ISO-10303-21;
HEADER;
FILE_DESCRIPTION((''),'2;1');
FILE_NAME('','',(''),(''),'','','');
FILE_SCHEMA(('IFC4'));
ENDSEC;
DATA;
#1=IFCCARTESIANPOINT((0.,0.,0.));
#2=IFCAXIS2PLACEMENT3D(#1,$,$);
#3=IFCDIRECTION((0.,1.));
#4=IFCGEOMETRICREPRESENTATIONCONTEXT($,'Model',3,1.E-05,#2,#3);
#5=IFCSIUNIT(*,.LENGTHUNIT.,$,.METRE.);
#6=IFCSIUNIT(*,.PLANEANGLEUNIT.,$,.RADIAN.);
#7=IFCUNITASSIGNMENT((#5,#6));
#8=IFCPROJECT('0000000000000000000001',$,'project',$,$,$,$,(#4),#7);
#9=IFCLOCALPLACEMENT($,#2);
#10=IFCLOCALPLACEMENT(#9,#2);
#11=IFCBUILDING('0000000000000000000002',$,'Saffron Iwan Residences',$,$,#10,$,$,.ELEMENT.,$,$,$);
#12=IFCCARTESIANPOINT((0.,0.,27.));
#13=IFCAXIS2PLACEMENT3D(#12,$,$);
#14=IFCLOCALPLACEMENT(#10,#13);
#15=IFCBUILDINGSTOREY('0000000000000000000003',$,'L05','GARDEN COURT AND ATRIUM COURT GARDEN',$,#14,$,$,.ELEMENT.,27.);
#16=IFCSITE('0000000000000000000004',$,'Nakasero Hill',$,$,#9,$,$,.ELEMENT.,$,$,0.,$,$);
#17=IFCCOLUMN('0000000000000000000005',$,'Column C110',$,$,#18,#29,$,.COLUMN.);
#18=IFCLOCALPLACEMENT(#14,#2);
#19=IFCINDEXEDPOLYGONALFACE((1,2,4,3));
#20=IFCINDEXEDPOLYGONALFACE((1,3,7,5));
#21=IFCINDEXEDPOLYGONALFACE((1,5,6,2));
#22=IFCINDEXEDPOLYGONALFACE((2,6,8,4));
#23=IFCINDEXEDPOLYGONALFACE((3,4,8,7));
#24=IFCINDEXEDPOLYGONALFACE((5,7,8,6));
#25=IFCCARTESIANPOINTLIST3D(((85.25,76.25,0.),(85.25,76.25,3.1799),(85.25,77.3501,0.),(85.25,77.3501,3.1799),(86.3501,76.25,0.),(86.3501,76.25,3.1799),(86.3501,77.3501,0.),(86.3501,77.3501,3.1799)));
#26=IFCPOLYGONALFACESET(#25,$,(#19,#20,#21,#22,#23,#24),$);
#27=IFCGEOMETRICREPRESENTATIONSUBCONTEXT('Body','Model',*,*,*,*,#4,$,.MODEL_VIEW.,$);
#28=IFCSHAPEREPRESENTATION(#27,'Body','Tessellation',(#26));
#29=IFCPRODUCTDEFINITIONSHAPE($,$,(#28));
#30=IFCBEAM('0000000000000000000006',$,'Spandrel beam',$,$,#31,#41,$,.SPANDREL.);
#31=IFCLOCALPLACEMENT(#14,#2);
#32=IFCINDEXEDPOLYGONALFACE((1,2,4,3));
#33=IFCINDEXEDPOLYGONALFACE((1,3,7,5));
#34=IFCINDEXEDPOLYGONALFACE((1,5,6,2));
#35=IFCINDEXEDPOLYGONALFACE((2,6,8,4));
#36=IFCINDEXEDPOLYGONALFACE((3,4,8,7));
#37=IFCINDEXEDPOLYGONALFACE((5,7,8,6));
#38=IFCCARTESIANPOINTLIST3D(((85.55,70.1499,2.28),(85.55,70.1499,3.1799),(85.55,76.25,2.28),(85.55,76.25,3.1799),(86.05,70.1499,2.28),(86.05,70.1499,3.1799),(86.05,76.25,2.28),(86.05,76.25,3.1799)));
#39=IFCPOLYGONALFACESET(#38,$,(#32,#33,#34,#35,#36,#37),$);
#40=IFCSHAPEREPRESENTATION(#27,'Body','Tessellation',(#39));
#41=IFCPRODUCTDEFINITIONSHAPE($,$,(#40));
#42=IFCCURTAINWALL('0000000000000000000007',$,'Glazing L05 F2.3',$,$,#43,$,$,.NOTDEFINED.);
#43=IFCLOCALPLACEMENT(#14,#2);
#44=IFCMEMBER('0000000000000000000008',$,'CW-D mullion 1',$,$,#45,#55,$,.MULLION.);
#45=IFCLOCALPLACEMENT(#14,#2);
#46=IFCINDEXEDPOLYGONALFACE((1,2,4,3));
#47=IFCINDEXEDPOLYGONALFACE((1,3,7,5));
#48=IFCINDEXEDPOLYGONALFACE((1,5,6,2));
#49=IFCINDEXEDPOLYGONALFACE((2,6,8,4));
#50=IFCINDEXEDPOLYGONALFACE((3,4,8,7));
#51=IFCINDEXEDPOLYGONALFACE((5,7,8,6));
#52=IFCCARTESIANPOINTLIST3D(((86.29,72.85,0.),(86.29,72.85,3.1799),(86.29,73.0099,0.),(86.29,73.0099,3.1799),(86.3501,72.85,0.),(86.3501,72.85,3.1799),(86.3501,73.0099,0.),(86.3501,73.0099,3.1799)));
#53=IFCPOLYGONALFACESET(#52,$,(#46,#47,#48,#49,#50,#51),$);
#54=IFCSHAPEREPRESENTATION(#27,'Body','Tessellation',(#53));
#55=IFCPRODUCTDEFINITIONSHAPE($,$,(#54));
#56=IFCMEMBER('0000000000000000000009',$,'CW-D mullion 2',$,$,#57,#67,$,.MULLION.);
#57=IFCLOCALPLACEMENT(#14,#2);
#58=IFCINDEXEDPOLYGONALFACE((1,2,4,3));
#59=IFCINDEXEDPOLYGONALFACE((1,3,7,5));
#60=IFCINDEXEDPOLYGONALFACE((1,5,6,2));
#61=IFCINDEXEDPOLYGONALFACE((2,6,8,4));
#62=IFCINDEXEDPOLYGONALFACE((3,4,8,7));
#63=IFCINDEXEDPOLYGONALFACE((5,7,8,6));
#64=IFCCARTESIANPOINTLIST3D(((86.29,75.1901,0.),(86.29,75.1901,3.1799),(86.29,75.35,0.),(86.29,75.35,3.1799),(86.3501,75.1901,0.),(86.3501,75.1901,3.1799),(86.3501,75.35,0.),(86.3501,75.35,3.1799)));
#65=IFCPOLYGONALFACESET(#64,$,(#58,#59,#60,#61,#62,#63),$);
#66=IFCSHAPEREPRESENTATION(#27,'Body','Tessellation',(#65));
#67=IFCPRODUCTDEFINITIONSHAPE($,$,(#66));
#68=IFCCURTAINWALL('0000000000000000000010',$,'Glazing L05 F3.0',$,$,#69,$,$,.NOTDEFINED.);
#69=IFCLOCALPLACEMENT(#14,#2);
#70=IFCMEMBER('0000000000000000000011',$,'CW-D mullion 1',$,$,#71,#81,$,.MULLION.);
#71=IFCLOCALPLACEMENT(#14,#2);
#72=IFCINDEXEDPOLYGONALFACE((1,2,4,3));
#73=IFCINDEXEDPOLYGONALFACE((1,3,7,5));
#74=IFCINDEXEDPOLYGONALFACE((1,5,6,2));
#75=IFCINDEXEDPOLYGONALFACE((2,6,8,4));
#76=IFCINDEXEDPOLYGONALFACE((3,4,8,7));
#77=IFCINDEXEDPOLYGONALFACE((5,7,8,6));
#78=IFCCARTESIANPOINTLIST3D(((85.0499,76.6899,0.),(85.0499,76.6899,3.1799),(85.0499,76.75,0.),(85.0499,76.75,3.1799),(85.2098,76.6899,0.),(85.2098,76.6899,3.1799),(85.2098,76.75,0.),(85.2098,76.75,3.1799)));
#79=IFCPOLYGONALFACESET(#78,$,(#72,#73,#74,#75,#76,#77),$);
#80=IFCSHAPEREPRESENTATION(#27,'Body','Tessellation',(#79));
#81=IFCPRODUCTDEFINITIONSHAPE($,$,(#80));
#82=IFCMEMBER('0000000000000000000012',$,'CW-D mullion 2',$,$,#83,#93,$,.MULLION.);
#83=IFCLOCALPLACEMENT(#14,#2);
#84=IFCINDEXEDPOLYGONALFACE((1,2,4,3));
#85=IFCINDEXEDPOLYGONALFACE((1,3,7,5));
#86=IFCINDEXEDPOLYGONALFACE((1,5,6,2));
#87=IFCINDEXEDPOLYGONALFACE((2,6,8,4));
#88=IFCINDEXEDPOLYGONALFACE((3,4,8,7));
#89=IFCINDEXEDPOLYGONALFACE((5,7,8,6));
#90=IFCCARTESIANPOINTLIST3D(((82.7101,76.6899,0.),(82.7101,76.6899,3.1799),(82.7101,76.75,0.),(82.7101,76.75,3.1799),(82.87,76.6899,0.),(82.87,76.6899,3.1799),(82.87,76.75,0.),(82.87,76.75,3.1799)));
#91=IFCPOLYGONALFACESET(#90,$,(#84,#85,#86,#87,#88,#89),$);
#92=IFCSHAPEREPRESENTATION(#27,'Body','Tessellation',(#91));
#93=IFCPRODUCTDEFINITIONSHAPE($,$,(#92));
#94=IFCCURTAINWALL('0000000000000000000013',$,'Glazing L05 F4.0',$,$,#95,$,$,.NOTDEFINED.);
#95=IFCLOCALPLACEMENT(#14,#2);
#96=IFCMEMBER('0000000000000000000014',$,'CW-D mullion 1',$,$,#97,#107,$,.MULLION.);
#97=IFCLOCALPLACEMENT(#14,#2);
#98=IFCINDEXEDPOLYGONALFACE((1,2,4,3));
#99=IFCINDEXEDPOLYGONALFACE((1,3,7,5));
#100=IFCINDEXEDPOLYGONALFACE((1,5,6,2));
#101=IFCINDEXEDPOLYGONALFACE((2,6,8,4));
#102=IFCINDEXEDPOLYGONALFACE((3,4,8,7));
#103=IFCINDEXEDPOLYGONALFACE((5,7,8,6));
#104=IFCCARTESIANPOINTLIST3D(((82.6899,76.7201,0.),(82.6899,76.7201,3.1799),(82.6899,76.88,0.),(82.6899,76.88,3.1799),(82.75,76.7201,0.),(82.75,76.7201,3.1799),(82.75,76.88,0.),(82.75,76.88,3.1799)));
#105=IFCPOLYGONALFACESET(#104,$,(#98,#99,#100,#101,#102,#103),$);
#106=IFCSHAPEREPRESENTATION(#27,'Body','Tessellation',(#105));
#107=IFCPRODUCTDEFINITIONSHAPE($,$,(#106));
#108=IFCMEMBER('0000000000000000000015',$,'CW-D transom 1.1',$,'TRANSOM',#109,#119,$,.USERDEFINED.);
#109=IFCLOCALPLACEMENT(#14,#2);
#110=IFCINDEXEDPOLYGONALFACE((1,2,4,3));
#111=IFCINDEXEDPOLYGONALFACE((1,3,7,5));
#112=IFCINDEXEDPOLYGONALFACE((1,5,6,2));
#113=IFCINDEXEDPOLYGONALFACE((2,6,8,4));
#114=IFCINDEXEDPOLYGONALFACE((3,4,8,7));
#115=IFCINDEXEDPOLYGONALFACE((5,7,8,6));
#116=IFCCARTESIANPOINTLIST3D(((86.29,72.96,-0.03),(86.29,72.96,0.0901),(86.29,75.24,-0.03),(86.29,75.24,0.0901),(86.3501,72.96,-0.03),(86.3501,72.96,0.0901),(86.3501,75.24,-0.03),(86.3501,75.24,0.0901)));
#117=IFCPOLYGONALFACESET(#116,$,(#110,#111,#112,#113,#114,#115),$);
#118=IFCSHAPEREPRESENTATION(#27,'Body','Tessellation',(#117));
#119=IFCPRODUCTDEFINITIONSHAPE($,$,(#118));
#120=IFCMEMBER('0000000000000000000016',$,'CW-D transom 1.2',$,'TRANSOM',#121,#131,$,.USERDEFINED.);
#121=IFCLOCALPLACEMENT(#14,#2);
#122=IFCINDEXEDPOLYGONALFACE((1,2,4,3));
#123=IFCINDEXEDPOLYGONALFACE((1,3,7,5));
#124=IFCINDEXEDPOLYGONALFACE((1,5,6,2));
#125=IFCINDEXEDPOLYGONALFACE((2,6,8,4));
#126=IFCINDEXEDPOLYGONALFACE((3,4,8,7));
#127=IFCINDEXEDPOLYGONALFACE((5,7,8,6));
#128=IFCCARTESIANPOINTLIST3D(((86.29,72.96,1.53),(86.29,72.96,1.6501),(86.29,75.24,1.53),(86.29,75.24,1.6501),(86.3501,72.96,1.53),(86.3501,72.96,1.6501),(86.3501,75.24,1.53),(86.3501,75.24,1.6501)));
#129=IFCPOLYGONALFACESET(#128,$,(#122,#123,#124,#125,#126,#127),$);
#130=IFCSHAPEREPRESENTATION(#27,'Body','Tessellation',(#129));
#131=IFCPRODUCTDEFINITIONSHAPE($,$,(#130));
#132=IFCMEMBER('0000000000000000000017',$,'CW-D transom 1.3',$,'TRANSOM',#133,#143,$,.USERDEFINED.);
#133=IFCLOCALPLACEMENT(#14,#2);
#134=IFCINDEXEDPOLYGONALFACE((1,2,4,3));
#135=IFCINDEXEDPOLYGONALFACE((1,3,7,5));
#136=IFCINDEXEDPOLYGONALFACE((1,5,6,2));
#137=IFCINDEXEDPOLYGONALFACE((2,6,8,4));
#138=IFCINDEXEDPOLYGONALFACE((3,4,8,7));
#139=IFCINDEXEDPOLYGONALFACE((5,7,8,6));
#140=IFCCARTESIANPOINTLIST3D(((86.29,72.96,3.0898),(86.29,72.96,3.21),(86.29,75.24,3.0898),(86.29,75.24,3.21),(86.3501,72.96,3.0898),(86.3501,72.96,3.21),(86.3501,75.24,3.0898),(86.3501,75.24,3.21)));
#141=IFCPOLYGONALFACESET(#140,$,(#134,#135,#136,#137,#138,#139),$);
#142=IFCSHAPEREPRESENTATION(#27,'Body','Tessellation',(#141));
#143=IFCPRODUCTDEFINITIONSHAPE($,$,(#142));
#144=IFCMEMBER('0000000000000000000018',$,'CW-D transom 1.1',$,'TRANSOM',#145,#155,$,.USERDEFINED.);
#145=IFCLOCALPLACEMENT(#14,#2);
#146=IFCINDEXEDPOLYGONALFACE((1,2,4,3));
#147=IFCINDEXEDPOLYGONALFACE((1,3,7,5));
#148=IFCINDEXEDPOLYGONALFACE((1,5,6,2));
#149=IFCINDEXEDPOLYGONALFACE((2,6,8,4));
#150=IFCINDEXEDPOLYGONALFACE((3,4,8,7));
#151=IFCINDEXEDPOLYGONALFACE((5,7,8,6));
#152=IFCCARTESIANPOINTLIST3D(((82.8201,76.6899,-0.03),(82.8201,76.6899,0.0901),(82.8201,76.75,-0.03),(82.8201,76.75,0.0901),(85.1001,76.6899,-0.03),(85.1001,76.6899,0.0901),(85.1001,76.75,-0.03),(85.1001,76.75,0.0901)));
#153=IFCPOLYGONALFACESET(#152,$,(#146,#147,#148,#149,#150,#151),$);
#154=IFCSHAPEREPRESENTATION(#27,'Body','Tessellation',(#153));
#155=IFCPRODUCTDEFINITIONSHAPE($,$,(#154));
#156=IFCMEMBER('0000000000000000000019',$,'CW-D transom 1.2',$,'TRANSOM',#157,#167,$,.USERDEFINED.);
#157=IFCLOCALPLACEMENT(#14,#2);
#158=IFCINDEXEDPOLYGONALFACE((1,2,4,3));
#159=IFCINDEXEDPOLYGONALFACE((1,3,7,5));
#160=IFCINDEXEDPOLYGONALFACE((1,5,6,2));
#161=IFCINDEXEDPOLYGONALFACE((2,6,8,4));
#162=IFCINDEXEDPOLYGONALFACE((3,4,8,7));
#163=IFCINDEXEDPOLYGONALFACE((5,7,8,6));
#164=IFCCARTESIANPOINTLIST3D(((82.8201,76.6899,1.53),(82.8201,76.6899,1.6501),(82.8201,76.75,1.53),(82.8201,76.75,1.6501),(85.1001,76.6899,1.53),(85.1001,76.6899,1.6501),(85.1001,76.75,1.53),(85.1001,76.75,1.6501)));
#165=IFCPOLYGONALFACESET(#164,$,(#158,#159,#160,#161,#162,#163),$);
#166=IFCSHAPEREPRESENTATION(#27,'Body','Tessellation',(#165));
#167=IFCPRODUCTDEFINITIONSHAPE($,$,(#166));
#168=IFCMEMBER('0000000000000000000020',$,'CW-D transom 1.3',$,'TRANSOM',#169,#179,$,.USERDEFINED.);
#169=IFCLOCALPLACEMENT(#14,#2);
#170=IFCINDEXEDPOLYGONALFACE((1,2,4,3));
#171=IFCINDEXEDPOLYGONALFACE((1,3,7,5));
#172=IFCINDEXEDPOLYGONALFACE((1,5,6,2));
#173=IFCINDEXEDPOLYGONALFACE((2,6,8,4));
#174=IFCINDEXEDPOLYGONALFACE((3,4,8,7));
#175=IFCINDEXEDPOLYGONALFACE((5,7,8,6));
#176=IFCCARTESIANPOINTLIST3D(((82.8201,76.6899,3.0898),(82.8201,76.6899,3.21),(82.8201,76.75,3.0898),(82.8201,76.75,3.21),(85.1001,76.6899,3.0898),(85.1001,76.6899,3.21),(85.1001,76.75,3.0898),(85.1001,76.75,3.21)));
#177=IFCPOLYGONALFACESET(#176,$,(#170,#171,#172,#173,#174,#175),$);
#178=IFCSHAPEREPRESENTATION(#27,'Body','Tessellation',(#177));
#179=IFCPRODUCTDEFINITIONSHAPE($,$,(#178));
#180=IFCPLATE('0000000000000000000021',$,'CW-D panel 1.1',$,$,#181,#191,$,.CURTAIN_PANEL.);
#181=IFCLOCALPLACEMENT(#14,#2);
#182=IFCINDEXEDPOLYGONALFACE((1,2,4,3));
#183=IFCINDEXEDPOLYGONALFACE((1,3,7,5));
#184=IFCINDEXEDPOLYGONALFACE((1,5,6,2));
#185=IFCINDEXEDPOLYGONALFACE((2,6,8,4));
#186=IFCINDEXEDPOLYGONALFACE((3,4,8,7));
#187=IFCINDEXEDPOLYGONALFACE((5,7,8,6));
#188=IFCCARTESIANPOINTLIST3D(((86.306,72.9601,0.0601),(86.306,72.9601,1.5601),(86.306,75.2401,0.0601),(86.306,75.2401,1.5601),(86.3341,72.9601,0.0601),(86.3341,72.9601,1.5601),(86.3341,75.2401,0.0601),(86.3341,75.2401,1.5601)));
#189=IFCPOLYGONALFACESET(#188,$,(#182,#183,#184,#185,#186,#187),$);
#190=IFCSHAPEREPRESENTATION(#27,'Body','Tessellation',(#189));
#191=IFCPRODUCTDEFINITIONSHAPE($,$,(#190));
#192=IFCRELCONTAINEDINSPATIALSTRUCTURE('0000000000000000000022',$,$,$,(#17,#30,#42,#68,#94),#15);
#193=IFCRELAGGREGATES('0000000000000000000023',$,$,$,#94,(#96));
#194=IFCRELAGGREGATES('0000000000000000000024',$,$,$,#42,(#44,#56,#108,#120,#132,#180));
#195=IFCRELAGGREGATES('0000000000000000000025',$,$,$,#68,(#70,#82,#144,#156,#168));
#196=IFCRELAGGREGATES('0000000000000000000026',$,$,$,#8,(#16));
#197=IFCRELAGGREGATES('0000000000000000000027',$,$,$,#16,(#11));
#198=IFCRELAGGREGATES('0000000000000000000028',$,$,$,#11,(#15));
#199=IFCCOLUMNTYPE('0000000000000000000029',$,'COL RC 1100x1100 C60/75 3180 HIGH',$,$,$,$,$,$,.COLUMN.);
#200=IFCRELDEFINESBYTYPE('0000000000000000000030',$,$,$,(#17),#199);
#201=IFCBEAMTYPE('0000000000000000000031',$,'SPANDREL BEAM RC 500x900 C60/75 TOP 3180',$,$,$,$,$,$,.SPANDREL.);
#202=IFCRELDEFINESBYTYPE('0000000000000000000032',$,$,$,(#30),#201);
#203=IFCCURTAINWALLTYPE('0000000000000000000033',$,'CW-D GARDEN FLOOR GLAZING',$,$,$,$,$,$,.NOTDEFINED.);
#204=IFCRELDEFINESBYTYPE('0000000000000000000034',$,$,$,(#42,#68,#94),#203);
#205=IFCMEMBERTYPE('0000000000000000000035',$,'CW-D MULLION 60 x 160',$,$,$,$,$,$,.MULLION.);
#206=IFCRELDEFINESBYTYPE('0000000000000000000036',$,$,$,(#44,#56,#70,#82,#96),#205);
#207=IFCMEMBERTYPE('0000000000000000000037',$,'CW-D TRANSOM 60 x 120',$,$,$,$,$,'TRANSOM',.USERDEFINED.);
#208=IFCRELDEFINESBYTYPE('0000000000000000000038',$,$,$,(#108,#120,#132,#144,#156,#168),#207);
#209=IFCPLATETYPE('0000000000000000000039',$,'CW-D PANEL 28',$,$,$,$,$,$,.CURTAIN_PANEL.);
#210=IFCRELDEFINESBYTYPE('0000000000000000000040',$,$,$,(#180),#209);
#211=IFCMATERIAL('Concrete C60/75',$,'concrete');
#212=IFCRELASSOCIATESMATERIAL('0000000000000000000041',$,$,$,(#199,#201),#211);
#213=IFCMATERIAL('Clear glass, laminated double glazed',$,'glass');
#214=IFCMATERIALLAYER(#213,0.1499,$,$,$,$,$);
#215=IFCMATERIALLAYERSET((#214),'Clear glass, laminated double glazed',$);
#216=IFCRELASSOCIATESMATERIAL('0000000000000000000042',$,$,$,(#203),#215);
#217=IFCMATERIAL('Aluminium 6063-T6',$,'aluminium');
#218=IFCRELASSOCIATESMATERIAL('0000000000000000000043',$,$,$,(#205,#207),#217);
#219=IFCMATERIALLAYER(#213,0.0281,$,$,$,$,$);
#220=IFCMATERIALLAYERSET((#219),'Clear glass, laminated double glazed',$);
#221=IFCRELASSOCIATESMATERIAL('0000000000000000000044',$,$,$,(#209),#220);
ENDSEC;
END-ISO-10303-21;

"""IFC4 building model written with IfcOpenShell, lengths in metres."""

from ifc_helpers import new_model, si_unit, direction, frame, origin, origin_2d, place, context, subcontext, project, spatial, rectangle, extrude, source, transform, mapped, material, layer, layer_set, material_profile, profile_set, type_object, element, aggregate, save


model = new_model("IFC4")

# Units and contexts
model_context = context("Model", 3, precision=1e-05, world=origin(), true_north=direction((0.0, 1.0)))
body_context = subcontext(model_context, "Body", "Model", "MODEL_VIEW")
ifc_project = project(units=[si_unit("LENGTHUNIT", "METRE"), si_unit("PLANEANGLEUNIT", "RADIAN")], contexts=[model_context])

# Site, building, storey
site_placement = place(None, origin())
site = spatial("IfcSite", under=ifc_project, at=site_placement, Name="Nakasero Hill", CompositionType="ELEMENT", RefElevation=0.0)
building_placement = place(site_placement, origin())
building = spatial("IfcBuilding", under=site, at=building_placement, Name="Saffron Iwan Residences", CompositionType="ELEMENT")
storey_placement = place(building_placement, frame((0.0, 0.0, 27.0)))
storey = spatial("IfcBuildingStorey", under=building, at=storey_placement, Name="L05", Description="GARDEN COURT AND ATRIUM COURT GARDEN", CompositionType="ELEMENT", Elevation=27.0)

# Column
ifc_material_1 = material(Name="Concrete C60/75", Category="concrete")
ifc_material_profile_1 = material_profile(ifc_material_1, rectangle(XDim=1.1001, YDim=1.1001, at=origin_2d()), Name="RC 1100x1100")
ifc_profile_set_1 = profile_set([ifc_material_profile_1], Name="Concrete C60/75")
column_type = type_object("IfcColumnType", Name="COL RC 1100x1100 C60/75 3180 HIGH", PredefinedType="COLUMN", material=ifc_profile_set_1)
shared_shape_1 = source(origin(), body_context, "Body", "SweptSolid", [
    extrude(rectangle(XDim=1.1001, YDim=1.1001, at=origin_2d()), origin(), (0.0, 0.0, 1.0), 3.1799),
])
column_placement = place(storey_placement, frame((85.8, 76.8, 0.0), z_axis=(0.0, 0.0, 1.0), x_axis=(1.0, 0.0, 0.0)))
element("IfcColumn", 1, at=column_placement, inside=storey, type_object=column_type, Name="Column C110", PredefinedType="COLUMN", context=body_context, shape_type="MappedRepresentation", body=[
    mapped(shared_shape_1, transform((0.0, 0.0, 0.0))),
])

# Beam
ifc_material_profile_2 = material_profile(ifc_material_1, rectangle(XDim=0.5, YDim=0.8999, at=origin_2d()), Name="RC 500x900")
ifc_profile_set_2 = profile_set([ifc_material_profile_2], Name="Concrete C60/75")
beam_type = type_object("IfcBeamType", Name="SPANDREL BEAM RC 500x900 C60/75 TOP 3180", PredefinedType="SPANDREL", material=ifc_profile_set_2)
shared_shape_2 = source(origin(), body_context, "Body", "SweptSolid", [
    extrude(rectangle(XDim=0.5, YDim=0.8999, at=origin_2d()), origin(), (0.0, 0.0, 1.0), 6.1001),
])
beam_placement = place(storey_placement, frame((85.8, 76.25, 2.73), z_axis=(0.0, -1.0, 0.0), x_axis=(1.0, 0.0, 0.0)))
element("IfcBeam", 2, at=beam_placement, inside=storey, type_object=beam_type, Name="Spandrel beam", PredefinedType="SPANDREL", context=body_context, shape_type="MappedRepresentation", body=[
    mapped(shared_shape_2, transform((0.0, 0.0, 0.0))),
])

# Curtain walls, members
ifc_material_2 = material(Name="Clear glass, laminated double glazed", Category="glass")
ifc_layer_1 = layer(ifc_material_2, 0.1499)
ifc_layer_set_1 = layer_set([ifc_layer_1], Name="Clear glass, laminated double glazed")
curtain_wall_type = type_object("IfcCurtainWallType", Name="CW-D GARDEN FLOOR GLAZING", PredefinedType="NOTDEFINED", material=ifc_layer_set_1)
curtain_wall_1_placement = place(storey_placement, origin())
curtain_wall_1 = element("IfcCurtainWall", 3, at=curtain_wall_1_placement, inside=storey, type_object=curtain_wall_type, Name="Glazing L05 F2.3", PredefinedType="NOTDEFINED")
ifc_material_3 = material(Name="Aluminium 6063-T6", Category="aluminium")
ifc_material_profile_3 = material_profile(ifc_material_3, rectangle(XDim=0.0601, YDim=0.1599, at=origin_2d()), Name="CW-D MULLION 60 x 160")
ifc_profile_set_3 = profile_set([ifc_material_profile_3], Name="Aluminium 6063-T6")
member_type_1 = type_object("IfcMemberType", Name="CW-D MULLION 60 x 160", PredefinedType="MULLION", material=ifc_profile_set_3)
shared_shape_3 = source(origin(), body_context, "Body", "SweptSolid", [
    extrude(rectangle(XDim=0.0601, YDim=0.1599, at=origin_2d()), origin(), (0.0, 0.0, 1.0), 3.1799),
])
member_1_placement = place(storey_placement, frame((86.3201, 72.9299, 0.0), z_axis=(0.0, 0.0, 1.0), x_axis=(-1.0, 0.0, 0.0)))
member_1 = element("IfcMember", 4, at=member_1_placement, type_object=member_type_1, Name="CW-D mullion 1", PredefinedType="MULLION", context=body_context, shape_type="MappedRepresentation", body=[
    mapped(shared_shape_3, transform((0.0, 0.0, 0.0))),
])
member_2_placement = place(storey_placement, frame((86.3201, 75.27, 0.0), z_axis=(0.0, 0.0, 1.0), x_axis=(-1.0, 0.0, 0.0)))
member_2 = element("IfcMember", 5, at=member_2_placement, type_object=member_type_1, Name="CW-D mullion 2", PredefinedType="MULLION", context=body_context, shape_type="MappedRepresentation", body=[
    mapped(shared_shape_3, transform((0.0, 0.0, 0.0))),
])
curtain_wall_2_placement = place(storey_placement, origin())
curtain_wall_2 = element("IfcCurtainWall", 6, at=curtain_wall_2_placement, inside=storey, type_object=curtain_wall_type, Name="Glazing L05 F3.0", PredefinedType="NOTDEFINED")
member_3_placement = place(storey_placement, frame((85.1299, 76.72, 0.0), z_axis=(0.0, 0.0, 1.0), x_axis=(0.0, -1.0, 0.0)))
member_3 = element("IfcMember", 7, at=member_3_placement, type_object=member_type_1, Name="CW-D mullion 1", PredefinedType="MULLION", context=body_context, shape_type="MappedRepresentation", body=[
    mapped(shared_shape_3, transform((0.0, 0.0, 0.0))),
])
member_4_placement = place(storey_placement, frame((82.79, 76.72, 0.0), z_axis=(0.0, 0.0, 1.0), x_axis=(0.0, -1.0, 0.0)))
member_4 = element("IfcMember", 8, at=member_4_placement, type_object=member_type_1, Name="CW-D mullion 2", PredefinedType="MULLION", context=body_context, shape_type="MappedRepresentation", body=[
    mapped(shared_shape_3, transform((0.0, 0.0, 0.0))),
])

# Curtain wall, member
curtain_wall_3_placement = place(storey_placement, origin())
curtain_wall_3 = element("IfcCurtainWall", 9, at=curtain_wall_3_placement, inside=storey, type_object=curtain_wall_type, Name="Glazing L05 F4.0", PredefinedType="NOTDEFINED")
member_5_placement = place(storey_placement, frame((82.72, 76.8, 0.0), z_axis=(0.0, 0.0, 1.0), x_axis=(-1.0, 0.0, 0.0)))
member_5 = element("IfcMember", 10, at=member_5_placement, type_object=member_type_1, Name="CW-D mullion 1", PredefinedType="MULLION", context=body_context, shape_type="MappedRepresentation", body=[
    mapped(shared_shape_3, transform((0.0, 0.0, 0.0))),
])
aggregate(curtain_wall_3, [member_5])

# Members
ifc_material_profile_4 = material_profile(ifc_material_3, rectangle(XDim=0.0601, YDim=0.1201, at=origin_2d()), Name="CW-D TRANSOM 60 x 120")
ifc_profile_set_4 = profile_set([ifc_material_profile_4], Name="Aluminium 6063-T6")
member_type_2 = type_object("IfcMemberType", Name="CW-D TRANSOM 60 x 120", ElementType="TRANSOM", PredefinedType="USERDEFINED", material=ifc_profile_set_4)
shared_shape_4 = source(origin(), body_context, "Body", "SweptSolid", [
    extrude(rectangle(XDim=0.0601, YDim=0.1201, at=origin_2d()), origin(), (0.0, 0.0, 1.0), 2.28),
])
member_6_placement = place(storey_placement, frame((86.3201, 72.96, 0.03), z_axis=(0.0, 1.0, 0.0), x_axis=(-1.0, 0.0, 0.0)))
member_6 = element("IfcMember", 11, at=member_6_placement, type_object=member_type_2, Name="CW-D transom 1.1", ObjectType="TRANSOM", PredefinedType="USERDEFINED", context=body_context, shape_type="MappedRepresentation", body=[
    mapped(shared_shape_4, transform((0.0, 0.0, 0.0))),
])
member_7_placement = place(storey_placement, frame((86.3201, 72.96, 1.5901), z_axis=(0.0, 1.0, 0.0), x_axis=(-1.0, 0.0, 0.0)))
member_7 = element("IfcMember", 12, at=member_7_placement, type_object=member_type_2, Name="CW-D transom 1.2", ObjectType="TRANSOM", PredefinedType="USERDEFINED", context=body_context, shape_type="MappedRepresentation", body=[
    mapped(shared_shape_4, transform((0.0, 0.0, 0.0))),
])
member_8_placement = place(storey_placement, frame((86.3201, 72.96, 3.1499), z_axis=(0.0, 1.0, 0.0), x_axis=(-1.0, 0.0, 0.0)))
member_8 = element("IfcMember", 13, at=member_8_placement, type_object=member_type_2, Name="CW-D transom 1.3", ObjectType="TRANSOM", PredefinedType="USERDEFINED", context=body_context, shape_type="MappedRepresentation", body=[
    mapped(shared_shape_4, transform((0.0, 0.0, 0.0))),
])
member_9_placement = place(storey_placement, frame((85.1001, 76.72, 0.03), z_axis=(-1.0, 0.0, 0.0), x_axis=(0.0, -1.0, 0.0)))
member_9 = element("IfcMember", 14, at=member_9_placement, type_object=member_type_2, Name="CW-D transom 1.1", ObjectType="TRANSOM", PredefinedType="USERDEFINED", context=body_context, shape_type="MappedRepresentation", body=[
    mapped(shared_shape_4, transform((0.0, 0.0, 0.0))),
])
member_10_placement = place(storey_placement, frame((85.1001, 76.72, 1.5901), z_axis=(-1.0, 0.0, 0.0), x_axis=(0.0, -1.0, 0.0)))
member_10 = element("IfcMember", 15, at=member_10_placement, type_object=member_type_2, Name="CW-D transom 1.2", ObjectType="TRANSOM", PredefinedType="USERDEFINED", context=body_context, shape_type="MappedRepresentation", body=[
    mapped(shared_shape_4, transform((0.0, 0.0, 0.0))),
])
member_11_placement = place(storey_placement, frame((85.1001, 76.72, 3.1499), z_axis=(-1.0, 0.0, 0.0), x_axis=(0.0, -1.0, 0.0)))
member_11 = element("IfcMember", 16, at=member_11_placement, type_object=member_type_2, Name="CW-D transom 1.3", ObjectType="TRANSOM", PredefinedType="USERDEFINED", context=body_context, shape_type="MappedRepresentation", body=[
    mapped(shared_shape_4, transform((0.0, 0.0, 0.0))),
])

# Plate
ifc_layer_2 = layer(ifc_material_2, 0.0281)
ifc_layer_set_2 = layer_set([ifc_layer_2], Name="Clear glass, laminated double glazed")
plate_type = type_object("IfcPlateType", Name="CW-D PANEL 28", PredefinedType="CURTAIN_PANEL", material=ifc_layer_set_2)
shared_shape_5 = source(origin(), body_context, "Body", "SweptSolid", [
    extrude(rectangle(XDim=2.28, YDim=0.0281, at=origin_2d()), origin(), (0.0, 0.0, 1.0), 1.5),
])
plate_1_placement = place(storey_placement, frame((86.3201, 74.1001, 0.0601), z_axis=(0.0, 0.0, 1.0), x_axis=(0.0, 1.0, 0.0)))
plate_1 = element("IfcPlate", 17, at=plate_1_placement, type_object=plate_type, Name="CW-D panel 1.1", PredefinedType="CURTAIN_PANEL", context=body_context, shape_type="MappedRepresentation", body=[
    mapped(shared_shape_5, transform((0.0, 0.0, 0.0))),
])
aggregate(curtain_wall_1, [member_1, member_2, member_6, member_7, member_8, plate_1])
aggregate(curtain_wall_2, [member_3, member_4, member_9, member_10, member_11])

save(model, "model.ifc")
